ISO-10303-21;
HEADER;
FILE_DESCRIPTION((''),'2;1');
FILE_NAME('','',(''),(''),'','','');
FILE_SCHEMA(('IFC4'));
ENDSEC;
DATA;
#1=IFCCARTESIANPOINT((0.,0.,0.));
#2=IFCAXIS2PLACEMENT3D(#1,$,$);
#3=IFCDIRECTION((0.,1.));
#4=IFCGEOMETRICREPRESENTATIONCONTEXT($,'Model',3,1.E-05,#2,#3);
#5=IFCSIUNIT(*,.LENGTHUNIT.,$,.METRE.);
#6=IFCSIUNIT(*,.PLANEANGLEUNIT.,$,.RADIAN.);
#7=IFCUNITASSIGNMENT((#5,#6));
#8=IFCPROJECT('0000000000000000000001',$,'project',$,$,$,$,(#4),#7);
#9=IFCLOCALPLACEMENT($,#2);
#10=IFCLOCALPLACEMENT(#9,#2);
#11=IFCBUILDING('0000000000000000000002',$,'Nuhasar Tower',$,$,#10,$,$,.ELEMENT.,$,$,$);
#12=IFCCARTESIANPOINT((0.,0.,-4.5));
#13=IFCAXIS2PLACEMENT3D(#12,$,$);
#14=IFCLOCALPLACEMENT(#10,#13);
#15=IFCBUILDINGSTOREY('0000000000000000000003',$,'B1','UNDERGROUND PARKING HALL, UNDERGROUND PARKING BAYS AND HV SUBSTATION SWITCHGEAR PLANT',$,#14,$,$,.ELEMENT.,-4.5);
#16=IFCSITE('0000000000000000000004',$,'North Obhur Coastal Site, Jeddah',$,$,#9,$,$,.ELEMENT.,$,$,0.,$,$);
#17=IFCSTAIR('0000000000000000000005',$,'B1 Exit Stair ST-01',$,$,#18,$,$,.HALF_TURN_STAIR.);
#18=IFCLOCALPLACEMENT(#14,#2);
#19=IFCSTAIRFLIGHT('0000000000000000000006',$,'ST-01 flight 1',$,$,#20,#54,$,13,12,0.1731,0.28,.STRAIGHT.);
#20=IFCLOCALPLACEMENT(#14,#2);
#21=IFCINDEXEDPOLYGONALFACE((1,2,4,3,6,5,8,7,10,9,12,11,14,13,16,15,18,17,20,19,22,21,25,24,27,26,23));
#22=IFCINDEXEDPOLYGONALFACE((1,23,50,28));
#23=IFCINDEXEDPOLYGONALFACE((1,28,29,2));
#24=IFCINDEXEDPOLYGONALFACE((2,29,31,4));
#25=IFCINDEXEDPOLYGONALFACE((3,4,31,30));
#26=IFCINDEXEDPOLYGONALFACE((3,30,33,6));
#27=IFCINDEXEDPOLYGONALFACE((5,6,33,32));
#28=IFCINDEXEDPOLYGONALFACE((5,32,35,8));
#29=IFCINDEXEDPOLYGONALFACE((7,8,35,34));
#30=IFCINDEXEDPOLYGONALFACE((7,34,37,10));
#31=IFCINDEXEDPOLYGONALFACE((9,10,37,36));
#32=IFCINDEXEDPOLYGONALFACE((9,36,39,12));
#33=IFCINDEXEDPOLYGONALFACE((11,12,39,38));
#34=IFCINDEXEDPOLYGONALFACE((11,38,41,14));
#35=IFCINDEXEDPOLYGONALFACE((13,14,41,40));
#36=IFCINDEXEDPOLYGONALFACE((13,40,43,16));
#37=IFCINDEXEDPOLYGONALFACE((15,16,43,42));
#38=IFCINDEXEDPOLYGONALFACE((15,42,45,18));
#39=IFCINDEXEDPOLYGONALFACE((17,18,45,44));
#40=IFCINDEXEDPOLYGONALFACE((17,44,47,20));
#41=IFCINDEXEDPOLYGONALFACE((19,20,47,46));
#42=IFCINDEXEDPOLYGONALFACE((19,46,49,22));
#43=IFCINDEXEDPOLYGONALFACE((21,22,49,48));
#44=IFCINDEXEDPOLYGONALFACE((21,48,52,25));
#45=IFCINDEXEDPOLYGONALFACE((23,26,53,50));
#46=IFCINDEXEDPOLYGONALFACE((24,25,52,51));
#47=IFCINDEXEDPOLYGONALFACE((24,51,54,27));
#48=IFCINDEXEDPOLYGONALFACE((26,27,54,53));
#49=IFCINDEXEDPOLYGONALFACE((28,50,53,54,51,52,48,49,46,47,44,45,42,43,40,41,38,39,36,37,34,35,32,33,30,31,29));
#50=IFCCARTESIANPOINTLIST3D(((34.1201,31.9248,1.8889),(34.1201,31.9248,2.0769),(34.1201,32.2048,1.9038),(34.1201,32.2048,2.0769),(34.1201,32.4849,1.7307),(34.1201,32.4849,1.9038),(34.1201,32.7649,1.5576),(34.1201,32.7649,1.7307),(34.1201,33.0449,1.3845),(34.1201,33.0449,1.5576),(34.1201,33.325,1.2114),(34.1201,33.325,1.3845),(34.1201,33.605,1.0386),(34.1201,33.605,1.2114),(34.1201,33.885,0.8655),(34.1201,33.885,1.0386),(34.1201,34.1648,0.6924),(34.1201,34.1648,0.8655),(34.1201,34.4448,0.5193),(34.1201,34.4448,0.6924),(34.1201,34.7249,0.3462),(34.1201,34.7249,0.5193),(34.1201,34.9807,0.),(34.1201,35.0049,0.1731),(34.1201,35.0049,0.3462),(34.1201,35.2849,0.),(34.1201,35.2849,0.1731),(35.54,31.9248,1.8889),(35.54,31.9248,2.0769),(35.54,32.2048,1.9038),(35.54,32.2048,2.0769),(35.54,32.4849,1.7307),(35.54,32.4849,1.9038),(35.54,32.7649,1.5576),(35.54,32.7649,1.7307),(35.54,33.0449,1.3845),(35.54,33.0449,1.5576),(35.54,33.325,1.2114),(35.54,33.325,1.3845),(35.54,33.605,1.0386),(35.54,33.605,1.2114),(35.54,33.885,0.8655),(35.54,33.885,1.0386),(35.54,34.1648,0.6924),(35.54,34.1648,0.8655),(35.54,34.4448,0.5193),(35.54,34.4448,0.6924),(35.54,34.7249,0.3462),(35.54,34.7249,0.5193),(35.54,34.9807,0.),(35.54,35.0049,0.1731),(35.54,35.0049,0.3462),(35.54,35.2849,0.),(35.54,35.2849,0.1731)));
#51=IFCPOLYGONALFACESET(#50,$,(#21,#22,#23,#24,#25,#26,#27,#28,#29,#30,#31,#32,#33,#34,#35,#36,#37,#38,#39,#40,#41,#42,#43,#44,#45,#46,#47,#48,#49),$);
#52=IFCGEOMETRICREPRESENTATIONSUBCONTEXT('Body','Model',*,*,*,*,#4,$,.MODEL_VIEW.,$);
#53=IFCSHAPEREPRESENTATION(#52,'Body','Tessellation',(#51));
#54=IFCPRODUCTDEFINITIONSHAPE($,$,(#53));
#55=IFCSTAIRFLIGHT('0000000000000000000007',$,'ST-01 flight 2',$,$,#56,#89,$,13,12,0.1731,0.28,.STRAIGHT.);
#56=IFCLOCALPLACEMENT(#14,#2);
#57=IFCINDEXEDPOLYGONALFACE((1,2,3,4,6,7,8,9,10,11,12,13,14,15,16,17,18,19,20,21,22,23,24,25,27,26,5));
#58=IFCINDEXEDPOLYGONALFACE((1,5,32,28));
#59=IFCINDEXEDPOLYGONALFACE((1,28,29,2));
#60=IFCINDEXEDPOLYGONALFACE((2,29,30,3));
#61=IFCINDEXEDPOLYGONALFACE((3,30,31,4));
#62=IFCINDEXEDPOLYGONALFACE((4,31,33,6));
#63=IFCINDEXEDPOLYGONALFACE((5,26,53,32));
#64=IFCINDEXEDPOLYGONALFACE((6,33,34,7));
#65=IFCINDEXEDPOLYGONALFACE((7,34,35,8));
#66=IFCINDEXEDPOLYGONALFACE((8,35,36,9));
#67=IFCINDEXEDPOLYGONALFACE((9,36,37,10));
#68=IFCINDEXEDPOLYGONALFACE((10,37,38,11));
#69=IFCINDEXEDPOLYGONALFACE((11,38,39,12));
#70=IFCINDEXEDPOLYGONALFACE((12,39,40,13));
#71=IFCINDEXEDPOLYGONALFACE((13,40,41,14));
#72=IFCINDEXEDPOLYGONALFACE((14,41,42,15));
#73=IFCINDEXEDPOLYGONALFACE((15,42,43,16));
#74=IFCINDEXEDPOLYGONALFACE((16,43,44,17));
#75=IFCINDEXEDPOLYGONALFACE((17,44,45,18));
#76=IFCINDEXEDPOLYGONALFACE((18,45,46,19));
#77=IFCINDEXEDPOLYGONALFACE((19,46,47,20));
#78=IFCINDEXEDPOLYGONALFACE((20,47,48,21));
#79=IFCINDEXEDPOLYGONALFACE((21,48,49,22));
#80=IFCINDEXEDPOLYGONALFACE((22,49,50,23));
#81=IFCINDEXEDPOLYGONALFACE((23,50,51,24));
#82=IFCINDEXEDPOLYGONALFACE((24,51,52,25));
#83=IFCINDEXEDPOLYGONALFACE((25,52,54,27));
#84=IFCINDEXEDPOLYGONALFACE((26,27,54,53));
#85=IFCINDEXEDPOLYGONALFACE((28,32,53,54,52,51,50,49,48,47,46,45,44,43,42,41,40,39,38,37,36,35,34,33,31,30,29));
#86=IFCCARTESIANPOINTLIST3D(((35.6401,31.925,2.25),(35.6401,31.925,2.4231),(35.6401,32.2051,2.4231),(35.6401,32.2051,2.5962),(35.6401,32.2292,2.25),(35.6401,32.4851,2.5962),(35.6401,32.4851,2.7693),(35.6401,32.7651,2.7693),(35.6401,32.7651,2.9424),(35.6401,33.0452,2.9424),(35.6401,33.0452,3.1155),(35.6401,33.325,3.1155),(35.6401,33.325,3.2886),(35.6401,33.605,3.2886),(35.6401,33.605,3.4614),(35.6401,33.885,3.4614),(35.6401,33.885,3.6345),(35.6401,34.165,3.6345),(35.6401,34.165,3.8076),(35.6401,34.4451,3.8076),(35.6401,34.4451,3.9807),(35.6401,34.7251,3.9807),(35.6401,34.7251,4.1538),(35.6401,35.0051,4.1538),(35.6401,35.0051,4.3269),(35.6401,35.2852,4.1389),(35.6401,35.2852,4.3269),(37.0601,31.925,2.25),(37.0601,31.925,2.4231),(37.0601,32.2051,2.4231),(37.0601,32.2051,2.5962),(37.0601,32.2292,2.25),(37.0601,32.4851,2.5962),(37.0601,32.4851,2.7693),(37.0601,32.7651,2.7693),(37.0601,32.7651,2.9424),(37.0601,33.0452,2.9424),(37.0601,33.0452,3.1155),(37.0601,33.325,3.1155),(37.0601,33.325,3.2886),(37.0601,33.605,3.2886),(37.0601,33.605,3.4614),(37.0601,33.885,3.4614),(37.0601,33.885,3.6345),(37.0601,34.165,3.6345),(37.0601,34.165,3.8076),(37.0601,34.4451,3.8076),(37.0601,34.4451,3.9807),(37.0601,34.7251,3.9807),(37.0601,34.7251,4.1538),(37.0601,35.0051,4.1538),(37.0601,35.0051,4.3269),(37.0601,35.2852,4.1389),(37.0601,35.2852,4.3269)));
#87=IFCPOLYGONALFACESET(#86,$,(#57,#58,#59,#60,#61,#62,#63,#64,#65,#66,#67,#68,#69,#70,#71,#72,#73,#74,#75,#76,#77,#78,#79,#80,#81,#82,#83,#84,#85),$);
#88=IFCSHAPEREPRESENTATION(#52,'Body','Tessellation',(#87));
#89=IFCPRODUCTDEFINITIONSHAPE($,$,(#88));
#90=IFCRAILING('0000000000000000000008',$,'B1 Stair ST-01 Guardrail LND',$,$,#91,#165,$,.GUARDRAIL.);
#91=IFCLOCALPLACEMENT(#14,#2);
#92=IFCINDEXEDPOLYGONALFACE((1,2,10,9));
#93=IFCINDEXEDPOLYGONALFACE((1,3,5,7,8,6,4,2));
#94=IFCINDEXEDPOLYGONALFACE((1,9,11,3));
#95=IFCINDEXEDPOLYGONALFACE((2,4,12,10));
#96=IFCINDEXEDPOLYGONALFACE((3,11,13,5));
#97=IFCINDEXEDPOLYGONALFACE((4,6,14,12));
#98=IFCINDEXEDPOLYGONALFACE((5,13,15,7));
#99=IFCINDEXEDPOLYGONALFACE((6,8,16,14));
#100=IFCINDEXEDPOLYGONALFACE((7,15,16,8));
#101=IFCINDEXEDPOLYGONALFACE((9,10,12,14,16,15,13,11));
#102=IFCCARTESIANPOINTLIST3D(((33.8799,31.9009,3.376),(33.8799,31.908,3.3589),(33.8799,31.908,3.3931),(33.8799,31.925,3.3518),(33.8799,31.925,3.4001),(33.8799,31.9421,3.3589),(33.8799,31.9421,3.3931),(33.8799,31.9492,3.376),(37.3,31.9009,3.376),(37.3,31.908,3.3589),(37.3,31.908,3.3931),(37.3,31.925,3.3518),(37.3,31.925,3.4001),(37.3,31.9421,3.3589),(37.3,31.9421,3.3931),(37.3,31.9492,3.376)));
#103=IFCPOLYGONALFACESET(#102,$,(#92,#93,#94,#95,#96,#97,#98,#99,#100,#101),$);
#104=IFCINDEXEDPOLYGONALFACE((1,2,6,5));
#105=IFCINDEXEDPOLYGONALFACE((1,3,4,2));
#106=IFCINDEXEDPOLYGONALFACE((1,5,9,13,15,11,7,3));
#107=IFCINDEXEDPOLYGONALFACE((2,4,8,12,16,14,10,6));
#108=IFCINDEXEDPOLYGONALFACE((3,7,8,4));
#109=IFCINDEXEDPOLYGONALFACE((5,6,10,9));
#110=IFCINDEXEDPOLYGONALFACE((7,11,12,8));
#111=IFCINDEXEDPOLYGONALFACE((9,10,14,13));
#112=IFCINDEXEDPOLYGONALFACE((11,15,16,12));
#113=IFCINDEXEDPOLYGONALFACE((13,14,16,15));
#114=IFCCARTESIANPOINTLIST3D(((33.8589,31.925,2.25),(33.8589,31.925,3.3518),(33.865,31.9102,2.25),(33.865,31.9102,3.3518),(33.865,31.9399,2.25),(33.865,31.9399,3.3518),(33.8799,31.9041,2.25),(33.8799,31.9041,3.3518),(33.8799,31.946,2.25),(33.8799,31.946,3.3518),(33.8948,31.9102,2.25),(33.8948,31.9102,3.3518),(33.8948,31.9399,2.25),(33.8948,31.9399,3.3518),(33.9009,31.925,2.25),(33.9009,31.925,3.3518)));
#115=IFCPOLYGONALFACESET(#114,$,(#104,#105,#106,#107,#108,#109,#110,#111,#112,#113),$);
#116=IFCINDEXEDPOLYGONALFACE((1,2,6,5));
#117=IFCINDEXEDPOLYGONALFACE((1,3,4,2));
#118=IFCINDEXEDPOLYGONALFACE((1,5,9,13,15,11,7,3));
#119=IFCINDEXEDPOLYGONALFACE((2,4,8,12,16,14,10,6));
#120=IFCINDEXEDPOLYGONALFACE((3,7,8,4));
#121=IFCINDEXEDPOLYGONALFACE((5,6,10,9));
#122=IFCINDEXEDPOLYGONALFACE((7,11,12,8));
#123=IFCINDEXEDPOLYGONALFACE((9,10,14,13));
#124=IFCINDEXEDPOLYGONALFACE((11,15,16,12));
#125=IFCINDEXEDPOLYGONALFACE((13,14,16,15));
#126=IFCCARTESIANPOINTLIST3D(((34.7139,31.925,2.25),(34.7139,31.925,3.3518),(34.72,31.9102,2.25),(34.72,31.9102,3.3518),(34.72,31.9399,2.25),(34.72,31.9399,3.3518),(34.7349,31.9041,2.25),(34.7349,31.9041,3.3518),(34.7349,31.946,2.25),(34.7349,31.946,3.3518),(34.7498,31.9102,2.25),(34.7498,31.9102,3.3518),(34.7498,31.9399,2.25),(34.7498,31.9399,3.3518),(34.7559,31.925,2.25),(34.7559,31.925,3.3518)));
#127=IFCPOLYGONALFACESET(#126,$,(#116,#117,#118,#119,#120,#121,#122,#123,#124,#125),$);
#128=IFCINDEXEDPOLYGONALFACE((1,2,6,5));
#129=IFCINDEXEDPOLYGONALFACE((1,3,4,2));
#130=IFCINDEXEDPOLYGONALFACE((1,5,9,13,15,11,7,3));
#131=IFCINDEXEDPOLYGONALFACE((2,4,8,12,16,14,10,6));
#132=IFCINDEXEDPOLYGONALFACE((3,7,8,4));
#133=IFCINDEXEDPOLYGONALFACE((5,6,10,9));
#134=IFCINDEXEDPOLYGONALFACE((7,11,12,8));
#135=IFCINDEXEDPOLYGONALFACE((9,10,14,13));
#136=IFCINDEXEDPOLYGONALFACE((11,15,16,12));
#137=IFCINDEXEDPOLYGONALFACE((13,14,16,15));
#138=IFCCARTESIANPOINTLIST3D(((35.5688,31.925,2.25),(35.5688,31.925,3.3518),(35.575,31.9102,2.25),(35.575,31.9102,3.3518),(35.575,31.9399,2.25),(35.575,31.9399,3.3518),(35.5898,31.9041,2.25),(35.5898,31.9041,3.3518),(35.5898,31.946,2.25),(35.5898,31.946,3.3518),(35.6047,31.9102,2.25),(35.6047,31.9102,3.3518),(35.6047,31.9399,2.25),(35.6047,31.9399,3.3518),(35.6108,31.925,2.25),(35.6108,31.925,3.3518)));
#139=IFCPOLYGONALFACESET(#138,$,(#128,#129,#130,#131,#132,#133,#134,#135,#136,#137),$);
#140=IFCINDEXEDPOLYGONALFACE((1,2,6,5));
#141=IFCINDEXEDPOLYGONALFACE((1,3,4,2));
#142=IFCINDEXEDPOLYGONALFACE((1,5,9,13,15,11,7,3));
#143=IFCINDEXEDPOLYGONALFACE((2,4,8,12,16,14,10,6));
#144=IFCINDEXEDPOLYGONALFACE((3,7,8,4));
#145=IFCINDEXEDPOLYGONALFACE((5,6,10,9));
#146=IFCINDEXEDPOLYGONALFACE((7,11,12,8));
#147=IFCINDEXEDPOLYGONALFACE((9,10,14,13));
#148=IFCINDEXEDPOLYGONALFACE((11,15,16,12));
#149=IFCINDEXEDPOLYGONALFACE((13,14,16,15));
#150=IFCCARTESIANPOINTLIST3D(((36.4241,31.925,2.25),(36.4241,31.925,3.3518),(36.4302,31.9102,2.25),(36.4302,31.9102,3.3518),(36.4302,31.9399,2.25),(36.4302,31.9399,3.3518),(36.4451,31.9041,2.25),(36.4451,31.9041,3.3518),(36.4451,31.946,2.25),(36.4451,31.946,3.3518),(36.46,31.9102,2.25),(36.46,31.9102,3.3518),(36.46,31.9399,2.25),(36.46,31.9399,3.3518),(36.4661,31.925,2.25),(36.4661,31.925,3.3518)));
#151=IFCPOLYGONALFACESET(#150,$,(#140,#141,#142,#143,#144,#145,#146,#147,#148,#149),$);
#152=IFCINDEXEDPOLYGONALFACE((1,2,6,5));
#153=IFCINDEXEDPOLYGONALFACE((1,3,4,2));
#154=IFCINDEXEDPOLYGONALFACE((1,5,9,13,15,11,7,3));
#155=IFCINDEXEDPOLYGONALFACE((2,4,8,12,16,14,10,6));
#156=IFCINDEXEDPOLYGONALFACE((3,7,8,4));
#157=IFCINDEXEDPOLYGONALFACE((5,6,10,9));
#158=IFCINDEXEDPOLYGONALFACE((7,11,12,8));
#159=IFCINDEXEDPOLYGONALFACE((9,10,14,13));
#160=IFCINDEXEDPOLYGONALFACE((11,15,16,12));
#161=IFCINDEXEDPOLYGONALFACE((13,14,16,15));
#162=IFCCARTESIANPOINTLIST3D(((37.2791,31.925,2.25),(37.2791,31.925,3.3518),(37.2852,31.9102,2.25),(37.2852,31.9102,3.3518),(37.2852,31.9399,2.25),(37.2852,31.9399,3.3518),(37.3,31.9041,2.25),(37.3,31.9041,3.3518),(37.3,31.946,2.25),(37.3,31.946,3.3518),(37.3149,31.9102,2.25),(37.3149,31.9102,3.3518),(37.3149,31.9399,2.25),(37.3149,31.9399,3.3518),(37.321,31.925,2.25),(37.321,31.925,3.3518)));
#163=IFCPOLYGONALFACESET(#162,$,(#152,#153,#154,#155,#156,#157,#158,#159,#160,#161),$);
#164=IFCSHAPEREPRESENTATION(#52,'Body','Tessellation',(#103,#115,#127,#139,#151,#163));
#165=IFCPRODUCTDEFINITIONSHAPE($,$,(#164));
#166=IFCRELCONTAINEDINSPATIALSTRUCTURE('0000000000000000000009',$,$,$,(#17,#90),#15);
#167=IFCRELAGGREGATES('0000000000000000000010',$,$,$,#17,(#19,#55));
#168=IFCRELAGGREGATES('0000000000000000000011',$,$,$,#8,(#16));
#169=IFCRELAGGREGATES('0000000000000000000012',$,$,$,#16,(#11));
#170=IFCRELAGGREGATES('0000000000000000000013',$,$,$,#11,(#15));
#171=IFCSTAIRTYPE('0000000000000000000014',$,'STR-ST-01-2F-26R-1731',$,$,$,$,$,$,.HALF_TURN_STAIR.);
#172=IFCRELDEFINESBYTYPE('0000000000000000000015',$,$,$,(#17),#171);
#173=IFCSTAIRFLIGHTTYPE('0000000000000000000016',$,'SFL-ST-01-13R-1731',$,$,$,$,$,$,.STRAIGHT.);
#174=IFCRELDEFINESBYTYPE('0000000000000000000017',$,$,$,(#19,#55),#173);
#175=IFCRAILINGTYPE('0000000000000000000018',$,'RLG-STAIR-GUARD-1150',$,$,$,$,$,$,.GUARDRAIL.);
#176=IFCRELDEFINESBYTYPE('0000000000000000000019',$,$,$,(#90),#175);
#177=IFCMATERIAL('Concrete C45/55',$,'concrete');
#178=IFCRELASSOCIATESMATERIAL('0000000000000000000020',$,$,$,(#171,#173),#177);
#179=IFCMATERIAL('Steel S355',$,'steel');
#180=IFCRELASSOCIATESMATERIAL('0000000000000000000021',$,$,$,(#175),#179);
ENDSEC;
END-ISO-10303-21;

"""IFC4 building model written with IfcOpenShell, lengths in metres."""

from ifc_helpers import new_model, si_unit, direction, frame, origin, place, context, subcontext, project, spatial, polyline, outline, extrude, material, type_object, element, aggregate, save


model = new_model("IFC4")

# Units and contexts
model_context = context("Model", 3, precision=1e-05, world=origin(), true_north=direction((0.0, 1.0)))
body_context = subcontext(model_context, "Body", "Model", "MODEL_VIEW")
ifc_project = project(units=[si_unit("LENGTHUNIT", "METRE"), si_unit("PLANEANGLEUNIT", "RADIAN")], contexts=[model_context])

# Site, building, storey
site_placement = place(None, origin())
site = spatial("IfcSite", under=ifc_project, at=site_placement, Name="North Obhur Coastal Site, Jeddah", CompositionType="ELEMENT", RefElevation=0.0)
building_placement = place(site_placement, origin())
building = spatial("IfcBuilding", under=site, at=building_placement, Name="Nuhasar Tower", CompositionType="ELEMENT")
storey_placement = place(building_placement, frame((0.0, 0.0, -4.5)))
storey = spatial("IfcBuildingStorey", under=building, at=storey_placement, Name="B1", Description="UNDERGROUND PARKING HALL, UNDERGROUND PARKING BAYS AND HV SUBSTATION SWITCHGEAR PLANT", CompositionType="ELEMENT", Elevation=-4.5)

# Shared definitions
ifc_material_1 = material(Name="Steel S355", Category="steel")
ifc_material_2 = material(Name="Concrete C45/55", Category="concrete")

# Stair, stair flights
stair_type = type_object("IfcStairType", Name="STR-ST-01-2F-26R-1731", PredefinedType="HALF_TURN_STAIR", material=ifc_material_2)
stair_placement = place(storey_placement, origin())
stair = element("IfcStair", 1, at=stair_placement, inside=storey, type_object=stair_type, Name="B1 Exit Stair ST-01", PredefinedType="HALF_TURN_STAIR")
stair_flight_type = type_object("IfcStairFlightType", Name="SFL-ST-01-13R-1731", PredefinedType="STRAIGHT", material=ifc_material_2)
stair_flight_1_placement = place(storey_placement, frame((34.8301, 35.2849, 0.0), z_axis=(0.0, 0.0, 1.0), x_axis=(0.0, -1.0, 0.0)))
stair_flight_1 = element("IfcStairFlight", 2, at=stair_flight_1_placement, type_object=stair_flight_type, Name="ST-01 flight 1", NumberOfRisers=13, NumberOfTreads=12, PredefinedType="STRAIGHT", RiserHeight=0.1731, TreadLength=0.28, context=body_context, shape_type="SweptSolid", body=[
    extrude(outline(polyline([(0.0, 0.0), (0.0, 0.1731), (0.28, 0.1731), (0.28, 0.3462), (0.5601, 0.3462), (0.5601, 0.5193), (0.8401, 0.5193), (0.8401, 0.6924), (1.1201, 0.6924), (1.1201, 0.8655), (1.3999, 0.8655), (1.3999, 1.0386), (1.6799, 1.0386), (1.6799, 1.2114), (1.96, 1.2114), (1.96, 1.3845), (2.24, 1.3845), (2.24, 1.5576), (2.52, 1.5576), (2.52, 1.7307), (2.8, 1.7307), (2.8, 1.9038), (3.0801, 1.9038), (3.0801, 2.0769), (3.3601, 2.0769), (3.3601, 2.25), (3.3601, 1.8889), (0.3042, 0.0), (0.0, 0.0)])), frame((0.0, 0.71, 0.0), z_axis=(0.0, -1.0, 0.0), x_axis=(1.0, 0.0, 0.0)), (0.0, 0.0, 1.0), 1.4199),
])
stair_flight_2_placement = place(storey_placement, frame((36.3501, 31.925, 2.25), z_axis=(0.0, 0.0, 1.0), x_axis=(0.0, 1.0, 0.0)))
stair_flight_2 = element("IfcStairFlight", 3, at=stair_flight_2_placement, type_object=stair_flight_type, Name="ST-01 flight 2", NumberOfRisers=13, NumberOfTreads=12, PredefinedType="STRAIGHT", RiserHeight=0.1731, TreadLength=0.28, context=body_context, shape_type="SweptSolid", body=[
    extrude(outline(polyline([(0.0, 0.0), (0.0, 0.1731), (0.28, 0.1731), (0.28, 0.3462), (0.5601, 0.3462), (0.5601, 0.5193), (0.8401, 0.5193), (0.8401, 0.6924), (1.1201, 0.6924), (1.1201, 0.8655), (1.3999, 0.8655), (1.3999, 1.0386), (1.6799, 1.0386), (1.6799, 1.2114), (1.96, 1.2114), (1.96, 1.3845), (2.24, 1.3845), (2.24, 1.5576), (2.52, 1.5576), (2.52, 1.7307), (2.8, 1.7307), (2.8, 1.9038), (3.0801, 1.9038), (3.0801, 2.0769), (3.3601, 2.0769), (3.3601, 2.25), (3.3601, 1.8889), (0.3042, 0.0), (0.0, 0.0)])), frame((0.0, 0.71, 0.0), z_axis=(0.0, -1.0, 0.0), x_axis=(1.0, 0.0, 0.0)), (0.0, 0.0, 1.0), 1.4199),
])
aggregate(stair, [stair_flight_1, stair_flight_2])

# Railing
railing_type_1 = type_object("IfcRailingType", Name="RLG-STAIR-GUARD-1150", PredefinedType="GUARDRAIL", material=ifc_material_1)
railing_1_placement = place(storey_placement, frame((33.8799, 31.925, 2.25)))
element("IfcRailing", 4, at=railing_1_placement, inside=storey, type_object=railing_type_1, Name="B1 Stair ST-01 Guardrail LND", PredefinedType="GUARDRAIL", context=body_context, shape_type="SweptSolid", body=[
    extrude(outline(polyline([(0.0242, 0.0), (0.0171, 0.0171), (0.0, 0.0242), (-0.0171, 0.0171), (-0.0242, 0.0), (-0.0171, -0.0171), (0.0, -0.0242), (0.0171, -0.0171), (0.0242, 0.0)])), frame((0.0, 0.0, 1.126), z_axis=(1.0, 0.0, 0.0), x_axis=(0.0, 1.0, 0.0)), (0.0, 0.0, 1.0), 3.4202),
    extrude(outline(polyline([(0.021, 0.0), (0.0149, 0.0149), (0.0, 0.021), (-0.0149, 0.0149), (-0.021, 0.0), (-0.0149, -0.0149), (0.0, -0.021), (0.0149, -0.0149), (0.021, 0.0)])), origin(), (0.0, 0.0, 1.0), 1.1018),
    extrude(outline(polyline([(0.021, 0.0), (0.0149, 0.0149), (0.0, 0.021), (-0.0149, 0.0149), (-0.021, 0.0), (-0.0149, -0.0149), (0.0, -0.021), (0.0149, -0.0149), (0.021, 0.0)])), frame((0.855, 0.0, 0.0)), (0.0, 0.0, 1.0), 1.1018),
    extrude(outline(polyline([(0.021, 0.0), (0.0149, 0.0149), (0.0, 0.021), (-0.0149, 0.0149), (-0.021, 0.0), (-0.0149, -0.0149), (0.0, -0.021), (0.0149, -0.0149), (0.021, 0.0)])), frame((1.71, 0.0, 0.0)), (0.0, 0.0, 1.0), 1.1018),
    extrude(outline(polyline([(0.021, 0.0), (0.0149, 0.0149), (0.0, 0.021), (-0.0149, 0.0149), (-0.021, 0.0), (-0.0149, -0.0149), (0.0, -0.021), (0.0149, -0.0149), (0.021, 0.0)])), frame((2.5652, 0.0, 0.0)), (0.0, 0.0, 1.0), 1.1018),
    extrude(outline(polyline([(0.021, 0.0), (0.0149, 0.0149), (0.0, 0.021), (-0.0149, 0.0149), (-0.021, 0.0), (-0.0149, -0.0149), (0.0, -0.021), (0.0149, -0.0149), (0.021, 0.0)])), frame((3.4202, 0.0, 0.0)), (0.0, 0.0, 1.0), 1.1018),
])

save(model, "model.ifc")
